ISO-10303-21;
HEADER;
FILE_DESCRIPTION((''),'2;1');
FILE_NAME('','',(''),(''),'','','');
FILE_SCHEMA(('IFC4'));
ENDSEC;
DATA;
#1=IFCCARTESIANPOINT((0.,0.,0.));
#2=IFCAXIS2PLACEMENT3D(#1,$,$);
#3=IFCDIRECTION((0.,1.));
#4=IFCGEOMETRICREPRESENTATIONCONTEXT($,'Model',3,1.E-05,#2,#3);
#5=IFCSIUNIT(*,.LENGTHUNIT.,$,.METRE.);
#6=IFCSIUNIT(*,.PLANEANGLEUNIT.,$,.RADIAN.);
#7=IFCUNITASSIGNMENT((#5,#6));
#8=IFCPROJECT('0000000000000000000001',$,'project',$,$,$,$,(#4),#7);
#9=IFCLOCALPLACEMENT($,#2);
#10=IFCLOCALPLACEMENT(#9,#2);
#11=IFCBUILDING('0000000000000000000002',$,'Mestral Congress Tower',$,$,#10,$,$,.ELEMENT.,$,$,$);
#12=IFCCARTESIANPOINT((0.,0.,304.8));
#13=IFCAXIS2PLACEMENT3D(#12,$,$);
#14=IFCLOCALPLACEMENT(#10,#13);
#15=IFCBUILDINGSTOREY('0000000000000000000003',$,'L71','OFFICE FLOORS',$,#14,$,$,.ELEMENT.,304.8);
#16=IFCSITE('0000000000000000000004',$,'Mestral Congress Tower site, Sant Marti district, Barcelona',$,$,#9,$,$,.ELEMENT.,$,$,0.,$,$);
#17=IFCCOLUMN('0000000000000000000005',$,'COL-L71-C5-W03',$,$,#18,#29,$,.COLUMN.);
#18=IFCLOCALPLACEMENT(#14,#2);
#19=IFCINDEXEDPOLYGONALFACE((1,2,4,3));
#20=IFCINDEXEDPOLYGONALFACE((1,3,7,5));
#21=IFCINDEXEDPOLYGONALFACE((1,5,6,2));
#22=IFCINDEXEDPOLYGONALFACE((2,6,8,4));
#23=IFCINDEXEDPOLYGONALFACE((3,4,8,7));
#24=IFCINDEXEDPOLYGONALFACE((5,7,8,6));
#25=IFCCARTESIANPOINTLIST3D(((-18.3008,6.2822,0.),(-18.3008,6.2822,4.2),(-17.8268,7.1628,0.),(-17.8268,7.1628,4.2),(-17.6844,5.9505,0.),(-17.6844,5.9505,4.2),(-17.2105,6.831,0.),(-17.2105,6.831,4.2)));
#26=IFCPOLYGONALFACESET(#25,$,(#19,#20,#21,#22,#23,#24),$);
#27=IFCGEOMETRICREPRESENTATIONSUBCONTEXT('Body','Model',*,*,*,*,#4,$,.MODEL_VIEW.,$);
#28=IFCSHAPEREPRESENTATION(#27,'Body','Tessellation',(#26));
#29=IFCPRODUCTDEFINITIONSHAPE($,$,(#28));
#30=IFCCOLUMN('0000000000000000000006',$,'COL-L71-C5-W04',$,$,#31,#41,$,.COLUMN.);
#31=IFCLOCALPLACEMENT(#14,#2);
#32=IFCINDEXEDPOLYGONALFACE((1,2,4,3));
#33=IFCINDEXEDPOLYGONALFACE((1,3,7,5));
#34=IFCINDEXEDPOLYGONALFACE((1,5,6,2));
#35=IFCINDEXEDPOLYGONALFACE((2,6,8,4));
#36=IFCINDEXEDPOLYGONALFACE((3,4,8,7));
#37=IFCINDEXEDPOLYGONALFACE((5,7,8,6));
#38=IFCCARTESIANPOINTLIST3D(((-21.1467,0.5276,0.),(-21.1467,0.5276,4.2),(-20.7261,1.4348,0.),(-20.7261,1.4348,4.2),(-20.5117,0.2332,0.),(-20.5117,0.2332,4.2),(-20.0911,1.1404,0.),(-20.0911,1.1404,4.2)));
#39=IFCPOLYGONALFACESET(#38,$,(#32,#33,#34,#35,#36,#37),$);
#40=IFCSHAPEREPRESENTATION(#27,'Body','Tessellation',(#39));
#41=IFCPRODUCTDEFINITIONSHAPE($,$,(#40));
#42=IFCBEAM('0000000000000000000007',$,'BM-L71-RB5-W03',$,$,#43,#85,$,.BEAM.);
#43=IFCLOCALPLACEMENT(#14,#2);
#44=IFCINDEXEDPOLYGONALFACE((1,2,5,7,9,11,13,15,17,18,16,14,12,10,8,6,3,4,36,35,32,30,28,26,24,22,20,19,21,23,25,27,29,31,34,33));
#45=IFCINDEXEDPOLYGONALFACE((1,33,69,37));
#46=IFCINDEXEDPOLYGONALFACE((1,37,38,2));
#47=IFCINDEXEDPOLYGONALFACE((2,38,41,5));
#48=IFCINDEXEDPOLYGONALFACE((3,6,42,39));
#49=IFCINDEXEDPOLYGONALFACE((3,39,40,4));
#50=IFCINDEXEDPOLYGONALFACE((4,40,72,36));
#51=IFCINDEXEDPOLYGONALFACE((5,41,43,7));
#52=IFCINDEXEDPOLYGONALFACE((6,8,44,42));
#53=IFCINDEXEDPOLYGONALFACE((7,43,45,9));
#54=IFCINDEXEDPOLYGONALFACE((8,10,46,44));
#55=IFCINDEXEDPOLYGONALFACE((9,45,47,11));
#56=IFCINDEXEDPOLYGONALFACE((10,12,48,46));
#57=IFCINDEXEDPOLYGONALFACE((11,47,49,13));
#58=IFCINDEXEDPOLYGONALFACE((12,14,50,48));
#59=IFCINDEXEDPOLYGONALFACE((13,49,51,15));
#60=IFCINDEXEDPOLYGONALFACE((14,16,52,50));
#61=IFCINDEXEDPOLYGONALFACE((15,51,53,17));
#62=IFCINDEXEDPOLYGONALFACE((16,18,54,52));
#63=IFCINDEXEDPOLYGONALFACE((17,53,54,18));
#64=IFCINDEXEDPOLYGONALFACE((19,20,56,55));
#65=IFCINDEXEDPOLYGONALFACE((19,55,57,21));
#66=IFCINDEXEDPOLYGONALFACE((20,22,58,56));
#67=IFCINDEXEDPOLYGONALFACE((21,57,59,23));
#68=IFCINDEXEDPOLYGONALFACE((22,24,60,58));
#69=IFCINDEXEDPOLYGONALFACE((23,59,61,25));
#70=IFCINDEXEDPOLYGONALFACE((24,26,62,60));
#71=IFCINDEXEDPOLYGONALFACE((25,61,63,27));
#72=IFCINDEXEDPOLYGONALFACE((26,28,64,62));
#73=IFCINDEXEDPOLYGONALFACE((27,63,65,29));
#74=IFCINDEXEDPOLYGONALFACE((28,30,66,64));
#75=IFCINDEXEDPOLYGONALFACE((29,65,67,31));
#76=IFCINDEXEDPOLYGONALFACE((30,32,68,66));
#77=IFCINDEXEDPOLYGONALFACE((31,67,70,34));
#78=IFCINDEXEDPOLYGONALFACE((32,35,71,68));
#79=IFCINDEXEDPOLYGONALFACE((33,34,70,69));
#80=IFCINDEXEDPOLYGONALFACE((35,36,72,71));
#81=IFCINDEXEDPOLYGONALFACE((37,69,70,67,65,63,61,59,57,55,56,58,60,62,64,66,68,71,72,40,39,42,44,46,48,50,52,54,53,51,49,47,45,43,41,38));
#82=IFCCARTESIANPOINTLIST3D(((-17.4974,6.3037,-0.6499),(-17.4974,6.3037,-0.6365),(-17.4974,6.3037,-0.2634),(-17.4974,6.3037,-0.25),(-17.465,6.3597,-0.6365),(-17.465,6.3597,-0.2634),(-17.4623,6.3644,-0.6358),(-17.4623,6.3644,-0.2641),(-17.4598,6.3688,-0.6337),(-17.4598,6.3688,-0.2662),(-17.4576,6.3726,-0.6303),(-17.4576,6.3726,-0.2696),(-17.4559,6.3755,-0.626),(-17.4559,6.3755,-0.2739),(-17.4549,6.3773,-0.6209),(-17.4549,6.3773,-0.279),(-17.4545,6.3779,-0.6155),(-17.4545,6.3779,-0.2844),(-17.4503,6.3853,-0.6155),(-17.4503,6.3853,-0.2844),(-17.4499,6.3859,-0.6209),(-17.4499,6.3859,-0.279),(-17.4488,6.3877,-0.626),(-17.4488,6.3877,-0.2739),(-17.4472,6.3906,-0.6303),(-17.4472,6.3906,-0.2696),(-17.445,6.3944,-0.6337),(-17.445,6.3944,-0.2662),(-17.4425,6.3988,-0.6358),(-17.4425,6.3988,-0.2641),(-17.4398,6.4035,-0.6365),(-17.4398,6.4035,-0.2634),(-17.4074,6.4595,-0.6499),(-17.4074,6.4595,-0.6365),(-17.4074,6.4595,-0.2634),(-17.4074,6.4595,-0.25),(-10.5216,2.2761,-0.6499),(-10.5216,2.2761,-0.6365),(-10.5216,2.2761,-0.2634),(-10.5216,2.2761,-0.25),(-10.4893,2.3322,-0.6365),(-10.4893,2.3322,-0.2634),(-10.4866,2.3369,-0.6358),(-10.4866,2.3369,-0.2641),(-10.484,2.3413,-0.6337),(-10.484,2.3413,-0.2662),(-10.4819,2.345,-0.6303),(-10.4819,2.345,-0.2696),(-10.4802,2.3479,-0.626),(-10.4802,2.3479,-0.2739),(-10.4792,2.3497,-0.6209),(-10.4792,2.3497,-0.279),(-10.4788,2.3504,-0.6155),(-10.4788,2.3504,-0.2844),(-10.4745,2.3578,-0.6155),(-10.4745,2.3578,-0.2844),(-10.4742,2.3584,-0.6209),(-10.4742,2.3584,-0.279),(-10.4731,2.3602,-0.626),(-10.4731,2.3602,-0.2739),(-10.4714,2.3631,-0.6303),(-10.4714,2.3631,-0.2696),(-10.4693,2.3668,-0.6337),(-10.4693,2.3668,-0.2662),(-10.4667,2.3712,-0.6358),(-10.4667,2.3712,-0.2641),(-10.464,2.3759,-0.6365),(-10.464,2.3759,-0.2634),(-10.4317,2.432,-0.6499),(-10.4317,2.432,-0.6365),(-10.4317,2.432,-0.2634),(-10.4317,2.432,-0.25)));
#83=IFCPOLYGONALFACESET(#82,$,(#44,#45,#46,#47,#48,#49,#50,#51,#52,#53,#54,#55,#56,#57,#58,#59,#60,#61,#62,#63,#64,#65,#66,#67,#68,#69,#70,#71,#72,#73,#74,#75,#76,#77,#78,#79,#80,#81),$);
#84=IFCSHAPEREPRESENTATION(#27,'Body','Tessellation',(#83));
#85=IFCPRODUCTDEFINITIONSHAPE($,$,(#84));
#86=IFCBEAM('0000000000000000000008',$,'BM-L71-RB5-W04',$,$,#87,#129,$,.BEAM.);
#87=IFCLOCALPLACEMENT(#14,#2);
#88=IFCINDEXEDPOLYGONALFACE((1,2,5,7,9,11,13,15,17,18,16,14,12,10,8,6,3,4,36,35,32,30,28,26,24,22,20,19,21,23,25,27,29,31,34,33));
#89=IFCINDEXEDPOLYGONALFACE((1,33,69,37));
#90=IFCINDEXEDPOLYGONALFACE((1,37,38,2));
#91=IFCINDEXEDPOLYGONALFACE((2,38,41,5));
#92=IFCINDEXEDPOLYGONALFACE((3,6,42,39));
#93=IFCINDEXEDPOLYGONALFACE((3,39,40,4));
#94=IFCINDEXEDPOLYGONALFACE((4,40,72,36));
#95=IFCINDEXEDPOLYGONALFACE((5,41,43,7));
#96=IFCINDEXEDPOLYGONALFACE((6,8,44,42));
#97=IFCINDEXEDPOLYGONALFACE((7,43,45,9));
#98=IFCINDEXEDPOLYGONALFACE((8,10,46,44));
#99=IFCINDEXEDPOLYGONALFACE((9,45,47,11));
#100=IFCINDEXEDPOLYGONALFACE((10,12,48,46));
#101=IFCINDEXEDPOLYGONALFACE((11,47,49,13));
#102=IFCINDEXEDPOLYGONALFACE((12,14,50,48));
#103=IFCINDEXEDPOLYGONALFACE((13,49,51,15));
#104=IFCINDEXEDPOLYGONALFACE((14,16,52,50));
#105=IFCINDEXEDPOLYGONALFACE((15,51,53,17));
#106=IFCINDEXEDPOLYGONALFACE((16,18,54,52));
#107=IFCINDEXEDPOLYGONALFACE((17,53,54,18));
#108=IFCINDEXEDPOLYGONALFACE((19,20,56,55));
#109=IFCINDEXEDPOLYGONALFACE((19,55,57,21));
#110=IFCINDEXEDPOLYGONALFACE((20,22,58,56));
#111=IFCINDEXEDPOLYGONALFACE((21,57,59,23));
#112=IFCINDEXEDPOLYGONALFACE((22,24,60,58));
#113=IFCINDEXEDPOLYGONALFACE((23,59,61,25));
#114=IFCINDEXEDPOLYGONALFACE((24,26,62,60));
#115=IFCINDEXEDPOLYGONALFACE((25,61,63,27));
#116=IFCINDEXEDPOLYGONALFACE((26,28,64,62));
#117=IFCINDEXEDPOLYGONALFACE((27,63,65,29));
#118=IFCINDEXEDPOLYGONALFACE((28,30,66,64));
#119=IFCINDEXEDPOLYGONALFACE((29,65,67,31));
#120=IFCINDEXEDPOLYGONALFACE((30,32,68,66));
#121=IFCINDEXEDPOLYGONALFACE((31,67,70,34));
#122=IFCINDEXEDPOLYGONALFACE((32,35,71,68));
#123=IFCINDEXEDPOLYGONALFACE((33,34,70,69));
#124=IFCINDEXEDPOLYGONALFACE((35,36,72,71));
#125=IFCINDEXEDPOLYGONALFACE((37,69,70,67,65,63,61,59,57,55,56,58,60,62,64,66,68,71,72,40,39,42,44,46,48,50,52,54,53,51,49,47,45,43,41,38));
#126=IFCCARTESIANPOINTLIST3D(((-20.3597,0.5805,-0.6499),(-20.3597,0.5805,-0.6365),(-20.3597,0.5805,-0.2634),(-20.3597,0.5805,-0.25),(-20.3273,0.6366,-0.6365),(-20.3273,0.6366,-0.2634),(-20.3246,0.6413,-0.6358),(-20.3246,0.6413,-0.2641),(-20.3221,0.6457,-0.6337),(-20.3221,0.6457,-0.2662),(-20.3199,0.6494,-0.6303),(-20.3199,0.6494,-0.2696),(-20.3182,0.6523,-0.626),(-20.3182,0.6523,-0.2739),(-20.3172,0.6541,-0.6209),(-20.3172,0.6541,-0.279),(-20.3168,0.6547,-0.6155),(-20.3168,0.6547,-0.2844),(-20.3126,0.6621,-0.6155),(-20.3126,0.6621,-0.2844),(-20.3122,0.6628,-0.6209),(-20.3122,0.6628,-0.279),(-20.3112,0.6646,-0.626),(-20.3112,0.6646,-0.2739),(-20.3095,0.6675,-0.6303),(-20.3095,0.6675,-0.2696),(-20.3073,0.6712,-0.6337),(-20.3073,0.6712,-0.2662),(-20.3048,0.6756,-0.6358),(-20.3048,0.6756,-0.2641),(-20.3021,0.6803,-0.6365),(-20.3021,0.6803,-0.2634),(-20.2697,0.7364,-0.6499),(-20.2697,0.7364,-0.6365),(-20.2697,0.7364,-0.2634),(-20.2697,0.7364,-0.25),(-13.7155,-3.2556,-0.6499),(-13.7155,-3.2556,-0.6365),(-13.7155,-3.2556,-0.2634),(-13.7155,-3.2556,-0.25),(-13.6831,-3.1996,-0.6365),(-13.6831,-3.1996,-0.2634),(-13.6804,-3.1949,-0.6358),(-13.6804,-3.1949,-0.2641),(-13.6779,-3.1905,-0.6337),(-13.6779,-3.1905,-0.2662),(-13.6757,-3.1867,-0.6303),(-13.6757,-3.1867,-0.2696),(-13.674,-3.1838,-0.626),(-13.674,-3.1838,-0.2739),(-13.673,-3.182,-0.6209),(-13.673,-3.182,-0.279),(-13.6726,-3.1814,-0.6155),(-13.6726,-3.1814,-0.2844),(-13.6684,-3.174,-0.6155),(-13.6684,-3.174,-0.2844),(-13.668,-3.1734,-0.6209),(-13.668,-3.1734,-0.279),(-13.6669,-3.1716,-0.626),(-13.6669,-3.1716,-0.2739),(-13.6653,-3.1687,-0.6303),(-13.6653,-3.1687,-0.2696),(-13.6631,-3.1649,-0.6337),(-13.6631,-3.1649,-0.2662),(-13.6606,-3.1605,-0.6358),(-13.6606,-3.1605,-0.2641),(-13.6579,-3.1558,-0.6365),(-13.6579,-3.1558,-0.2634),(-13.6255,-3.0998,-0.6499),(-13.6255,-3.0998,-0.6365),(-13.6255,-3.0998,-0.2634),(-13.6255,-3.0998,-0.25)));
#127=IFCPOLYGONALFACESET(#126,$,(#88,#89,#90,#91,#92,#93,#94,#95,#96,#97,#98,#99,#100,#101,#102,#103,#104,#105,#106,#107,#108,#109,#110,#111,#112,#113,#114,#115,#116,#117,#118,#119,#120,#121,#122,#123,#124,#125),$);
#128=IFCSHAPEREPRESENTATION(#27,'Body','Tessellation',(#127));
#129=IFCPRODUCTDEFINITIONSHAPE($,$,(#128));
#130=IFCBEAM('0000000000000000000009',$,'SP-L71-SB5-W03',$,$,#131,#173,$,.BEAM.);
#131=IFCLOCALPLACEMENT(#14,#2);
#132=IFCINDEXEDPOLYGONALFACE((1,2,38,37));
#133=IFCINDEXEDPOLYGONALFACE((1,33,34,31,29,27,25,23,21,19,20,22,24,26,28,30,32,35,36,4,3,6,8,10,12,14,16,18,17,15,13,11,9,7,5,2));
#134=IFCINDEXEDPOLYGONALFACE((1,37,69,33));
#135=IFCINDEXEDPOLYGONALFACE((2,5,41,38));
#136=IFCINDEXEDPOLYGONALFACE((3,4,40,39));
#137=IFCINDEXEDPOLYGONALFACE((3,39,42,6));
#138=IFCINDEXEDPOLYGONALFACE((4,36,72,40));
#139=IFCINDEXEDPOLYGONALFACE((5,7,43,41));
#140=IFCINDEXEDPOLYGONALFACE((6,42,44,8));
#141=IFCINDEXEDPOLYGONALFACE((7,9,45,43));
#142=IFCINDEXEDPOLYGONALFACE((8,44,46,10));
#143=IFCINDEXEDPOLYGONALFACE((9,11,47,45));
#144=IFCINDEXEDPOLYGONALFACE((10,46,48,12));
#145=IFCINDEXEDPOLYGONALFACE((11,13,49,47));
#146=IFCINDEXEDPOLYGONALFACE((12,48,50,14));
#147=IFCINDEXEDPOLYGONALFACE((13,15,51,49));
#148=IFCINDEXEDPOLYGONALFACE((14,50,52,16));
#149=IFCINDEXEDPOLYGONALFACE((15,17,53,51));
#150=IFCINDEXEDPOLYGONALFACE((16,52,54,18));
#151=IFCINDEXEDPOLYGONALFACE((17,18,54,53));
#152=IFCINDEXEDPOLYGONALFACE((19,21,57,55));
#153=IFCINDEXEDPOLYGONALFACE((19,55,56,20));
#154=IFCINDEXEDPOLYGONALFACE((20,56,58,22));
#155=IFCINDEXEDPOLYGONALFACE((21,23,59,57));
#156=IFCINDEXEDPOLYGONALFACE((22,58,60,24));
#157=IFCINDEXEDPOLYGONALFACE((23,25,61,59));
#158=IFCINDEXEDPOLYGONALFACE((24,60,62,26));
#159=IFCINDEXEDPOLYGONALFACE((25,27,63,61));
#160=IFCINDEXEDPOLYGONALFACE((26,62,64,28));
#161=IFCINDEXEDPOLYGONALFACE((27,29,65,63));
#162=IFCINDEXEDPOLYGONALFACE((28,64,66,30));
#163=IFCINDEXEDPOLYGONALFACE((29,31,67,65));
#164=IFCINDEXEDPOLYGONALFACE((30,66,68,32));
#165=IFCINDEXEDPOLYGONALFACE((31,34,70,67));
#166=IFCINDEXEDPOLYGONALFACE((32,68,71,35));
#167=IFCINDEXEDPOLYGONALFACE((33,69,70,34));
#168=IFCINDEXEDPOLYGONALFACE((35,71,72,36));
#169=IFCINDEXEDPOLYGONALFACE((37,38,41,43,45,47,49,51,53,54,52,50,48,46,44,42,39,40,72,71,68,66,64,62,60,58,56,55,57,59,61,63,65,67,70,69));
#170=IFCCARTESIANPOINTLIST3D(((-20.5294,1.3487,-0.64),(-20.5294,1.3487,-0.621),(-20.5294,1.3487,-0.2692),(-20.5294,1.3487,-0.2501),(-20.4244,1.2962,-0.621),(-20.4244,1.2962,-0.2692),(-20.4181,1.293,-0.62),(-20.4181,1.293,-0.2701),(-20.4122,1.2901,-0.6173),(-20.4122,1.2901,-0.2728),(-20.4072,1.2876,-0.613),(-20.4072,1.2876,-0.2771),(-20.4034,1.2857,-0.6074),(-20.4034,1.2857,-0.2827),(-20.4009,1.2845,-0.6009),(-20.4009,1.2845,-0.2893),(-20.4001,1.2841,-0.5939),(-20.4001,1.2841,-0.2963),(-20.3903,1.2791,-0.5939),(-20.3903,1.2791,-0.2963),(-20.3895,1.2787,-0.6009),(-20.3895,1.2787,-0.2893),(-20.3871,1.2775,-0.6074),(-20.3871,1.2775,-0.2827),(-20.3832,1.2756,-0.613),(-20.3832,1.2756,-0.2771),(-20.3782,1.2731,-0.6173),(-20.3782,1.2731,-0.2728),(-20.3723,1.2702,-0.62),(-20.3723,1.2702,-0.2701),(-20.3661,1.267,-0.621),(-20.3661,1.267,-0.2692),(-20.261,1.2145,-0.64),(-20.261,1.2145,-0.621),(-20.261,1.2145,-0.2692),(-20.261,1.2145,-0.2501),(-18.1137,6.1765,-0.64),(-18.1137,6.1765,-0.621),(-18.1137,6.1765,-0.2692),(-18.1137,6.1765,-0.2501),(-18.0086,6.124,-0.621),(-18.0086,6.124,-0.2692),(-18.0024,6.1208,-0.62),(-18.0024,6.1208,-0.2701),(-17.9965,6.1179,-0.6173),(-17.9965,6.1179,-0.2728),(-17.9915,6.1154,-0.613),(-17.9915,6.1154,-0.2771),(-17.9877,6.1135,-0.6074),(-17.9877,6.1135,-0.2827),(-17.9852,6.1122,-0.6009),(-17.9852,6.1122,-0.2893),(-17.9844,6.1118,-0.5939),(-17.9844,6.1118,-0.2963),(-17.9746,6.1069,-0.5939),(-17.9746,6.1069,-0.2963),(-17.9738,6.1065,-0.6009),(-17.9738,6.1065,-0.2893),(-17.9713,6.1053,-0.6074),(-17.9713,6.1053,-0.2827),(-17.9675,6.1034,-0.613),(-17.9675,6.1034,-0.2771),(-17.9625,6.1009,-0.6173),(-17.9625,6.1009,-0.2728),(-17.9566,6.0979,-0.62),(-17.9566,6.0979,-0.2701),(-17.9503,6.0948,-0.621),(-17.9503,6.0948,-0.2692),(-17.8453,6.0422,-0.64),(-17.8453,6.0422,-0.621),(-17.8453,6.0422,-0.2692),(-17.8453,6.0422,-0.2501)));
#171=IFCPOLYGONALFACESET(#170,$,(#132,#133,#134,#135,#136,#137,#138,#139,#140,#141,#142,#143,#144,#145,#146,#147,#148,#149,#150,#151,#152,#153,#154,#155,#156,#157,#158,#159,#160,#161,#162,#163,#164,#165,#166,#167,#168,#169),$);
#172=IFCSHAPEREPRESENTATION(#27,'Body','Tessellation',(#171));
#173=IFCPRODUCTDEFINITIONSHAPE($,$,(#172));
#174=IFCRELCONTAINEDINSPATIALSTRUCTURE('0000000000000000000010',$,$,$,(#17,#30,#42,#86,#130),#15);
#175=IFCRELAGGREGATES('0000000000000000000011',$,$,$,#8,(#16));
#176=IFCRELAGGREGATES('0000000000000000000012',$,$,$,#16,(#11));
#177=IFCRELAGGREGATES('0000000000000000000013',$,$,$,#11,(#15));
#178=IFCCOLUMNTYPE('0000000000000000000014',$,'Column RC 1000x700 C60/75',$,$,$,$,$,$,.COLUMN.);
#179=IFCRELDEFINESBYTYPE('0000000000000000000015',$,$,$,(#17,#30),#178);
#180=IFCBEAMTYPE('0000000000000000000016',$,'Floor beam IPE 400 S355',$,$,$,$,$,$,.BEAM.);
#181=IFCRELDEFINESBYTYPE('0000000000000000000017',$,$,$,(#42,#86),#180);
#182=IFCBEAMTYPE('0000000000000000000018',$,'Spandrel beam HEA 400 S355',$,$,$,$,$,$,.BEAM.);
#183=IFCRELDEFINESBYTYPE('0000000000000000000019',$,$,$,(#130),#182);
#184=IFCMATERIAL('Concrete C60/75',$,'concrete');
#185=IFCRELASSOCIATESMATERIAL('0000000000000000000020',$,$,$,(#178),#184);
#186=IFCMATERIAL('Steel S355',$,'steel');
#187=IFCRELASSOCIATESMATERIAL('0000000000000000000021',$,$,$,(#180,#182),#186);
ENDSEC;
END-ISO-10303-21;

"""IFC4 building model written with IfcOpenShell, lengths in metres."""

from ifc_helpers import new_model, si_unit, direction, frame, origin, origin_2d, place, context, subcontext, project, spatial, rectangle, i_section, extrude, material, material_profile, profile_set, type_object, element, save


model = new_model("IFC4")

# Units and contexts
model_context = context("Model", 3, precision=1e-05, world=origin(), true_north=direction((0.0, 1.0)))
body_context = subcontext(model_context, "Body", "Model", "MODEL_VIEW")
ifc_project = project(units=[si_unit("LENGTHUNIT", "METRE"), si_unit("PLANEANGLEUNIT", "RADIAN")], contexts=[model_context])

# Site, building, storey
site_placement = place(None, origin())
site = spatial("IfcSite", under=ifc_project, at=site_placement, Name="Mestral Congress Tower site, Sant Marti district, Barcelona", CompositionType="ELEMENT", RefElevation=0.0)
building_placement = place(site_placement, origin())
building = spatial("IfcBuilding", under=site, at=building_placement, Name="Mestral Congress Tower", CompositionType="ELEMENT")
storey_placement = place(building_placement, frame((0.0, 0.0, 304.8)))
storey = spatial("IfcBuildingStorey", under=building, at=storey_placement, Name="L71", Description="OFFICE FLOORS", CompositionType="ELEMENT", Elevation=304.8)

# Columns
ifc_material_1 = material(Name="Concrete C60/75", Category="concrete")
ifc_material_profile_1 = material_profile(ifc_material_1, rectangle(XDim=1.0, YDim=0.7, at=origin_2d()), Name="RC 1000x700")
ifc_profile_set_1 = profile_set([ifc_material_profile_1], Name="Concrete C60/75")
column_type = type_object("IfcColumnType", Name="Column RC 1000x700 C60/75", PredefinedType="COLUMN", material=ifc_profile_set_1)
for number, where, z_axis, x_axis, name in (
    (1, (-17.7556, 6.5566, 0.0), (0.0, 0.0, 1.0), (-0.473945, -0.880554, 0.0), "COL-L71-C5-W03"),
    (2, (-20.6189, 0.834, 0.0), (0.0, 0.0, 1.0), (-0.420596, -0.907248, 0.0), "COL-L71-C5-W04"),
):
    element("IfcColumn", number, at=place(storey_placement, frame(where, z_axis=z_axis, x_axis=x_axis)), inside=storey, type_object=column_type, Name=name, PredefinedType="COLUMN", context=body_context, shape_type="SweptSolid", body=[
        extrude(rectangle(XDim=1.0, YDim=0.7, at=origin_2d()), origin(), (0.0, 0.0, 1.0), 4.2),
    ])

# Beams
ifc_material_2 = material(Name="Steel S355", Category="steel")
ifc_material_profile_2 = material_profile(ifc_material_2, i_section(OverallWidth=0.1799, OverallDepth=0.3999, WebThickness=0.0085, FlangeThickness=0.0134, FilletRadius=0.021, at=origin_2d()), Name="IPE 400")
ifc_profile_set_2 = profile_set([ifc_material_profile_2], Name="Steel S355")
beam_type_1 = type_object("IfcBeamType", Name="Floor beam IPE 400 S355", PredefinedType="BEAM", material=ifc_profile_set_2)
beam_1_placement = place(storey_placement, frame((-17.4524, 6.3816, -0.45), z_axis=(0.866021, -0.500008, 0.0), x_axis=(0.500008, 0.866021, 0.0)))
element("IfcBeam", 3, at=beam_1_placement, inside=storey, type_object=beam_type_1, Name="BM-L71-RB5-W03", PredefinedType="BEAM", context=body_context, shape_type="SweptSolid", body=[
    extrude(i_section(OverallWidth=0.1799, OverallDepth=0.3999, WebThickness=0.0085, FlangeThickness=0.0134, FilletRadius=0.021, at=origin_2d()), origin(), (0.0, 0.0, 1.0), 8.0549),
])
beam_2_placement = place(storey_placement, frame((-20.3147, 0.6584, -0.45), z_axis=(0.86602, -0.50001, 0.0), x_axis=(0.50001, 0.86602, 0.0)))
element("IfcBeam", 4, at=beam_2_placement, inside=storey, type_object=beam_type_1, Name="BM-L71-RB5-W04", PredefinedType="BEAM", context=body_context, shape_type="SweptSolid", body=[
    extrude(i_section(OverallWidth=0.1799, OverallDepth=0.3999, WebThickness=0.0085, FlangeThickness=0.0134, FilletRadius=0.021, at=origin_2d()), origin(), (0.0, 0.0, 1.0), 7.6721),
])
ifc_material_profile_3 = material_profile(ifc_material_2, i_section(OverallWidth=0.3, OverallDepth=0.3899, WebThickness=0.011, FlangeThickness=0.019, FilletRadius=0.0271, at=origin_2d()), Name="HEA 400")
ifc_profile_set_3 = profile_set([ifc_material_profile_3], Name="Steel S355")
beam_type_2 = type_object("IfcBeamType", Name="Spandrel beam HEA 400 S355", PredefinedType="BEAM", material=ifc_profile_set_3)
beam_3_placement = place(storey_placement, frame((-17.9795, 6.1094, -0.4451), z_axis=(-0.447485, -0.894291, 0.0), x_axis=(0.894291, -0.447485, 0.0)))
element("IfcBeam", 5, at=beam_3_placement, inside=storey, type_object=beam_type_2, Name="SP-L71-SB5-W03", PredefinedType="BEAM", context=body_context, shape_type="SweptSolid", body=[
    extrude(i_section(OverallWidth=0.3, OverallDepth=0.3899, WebThickness=0.011, FlangeThickness=0.019, FilletRadius=0.0271, at=origin_2d()), origin(), (0.0, 0.0, 1.0), 5.3984),
])

save(model, "model.ifc")
